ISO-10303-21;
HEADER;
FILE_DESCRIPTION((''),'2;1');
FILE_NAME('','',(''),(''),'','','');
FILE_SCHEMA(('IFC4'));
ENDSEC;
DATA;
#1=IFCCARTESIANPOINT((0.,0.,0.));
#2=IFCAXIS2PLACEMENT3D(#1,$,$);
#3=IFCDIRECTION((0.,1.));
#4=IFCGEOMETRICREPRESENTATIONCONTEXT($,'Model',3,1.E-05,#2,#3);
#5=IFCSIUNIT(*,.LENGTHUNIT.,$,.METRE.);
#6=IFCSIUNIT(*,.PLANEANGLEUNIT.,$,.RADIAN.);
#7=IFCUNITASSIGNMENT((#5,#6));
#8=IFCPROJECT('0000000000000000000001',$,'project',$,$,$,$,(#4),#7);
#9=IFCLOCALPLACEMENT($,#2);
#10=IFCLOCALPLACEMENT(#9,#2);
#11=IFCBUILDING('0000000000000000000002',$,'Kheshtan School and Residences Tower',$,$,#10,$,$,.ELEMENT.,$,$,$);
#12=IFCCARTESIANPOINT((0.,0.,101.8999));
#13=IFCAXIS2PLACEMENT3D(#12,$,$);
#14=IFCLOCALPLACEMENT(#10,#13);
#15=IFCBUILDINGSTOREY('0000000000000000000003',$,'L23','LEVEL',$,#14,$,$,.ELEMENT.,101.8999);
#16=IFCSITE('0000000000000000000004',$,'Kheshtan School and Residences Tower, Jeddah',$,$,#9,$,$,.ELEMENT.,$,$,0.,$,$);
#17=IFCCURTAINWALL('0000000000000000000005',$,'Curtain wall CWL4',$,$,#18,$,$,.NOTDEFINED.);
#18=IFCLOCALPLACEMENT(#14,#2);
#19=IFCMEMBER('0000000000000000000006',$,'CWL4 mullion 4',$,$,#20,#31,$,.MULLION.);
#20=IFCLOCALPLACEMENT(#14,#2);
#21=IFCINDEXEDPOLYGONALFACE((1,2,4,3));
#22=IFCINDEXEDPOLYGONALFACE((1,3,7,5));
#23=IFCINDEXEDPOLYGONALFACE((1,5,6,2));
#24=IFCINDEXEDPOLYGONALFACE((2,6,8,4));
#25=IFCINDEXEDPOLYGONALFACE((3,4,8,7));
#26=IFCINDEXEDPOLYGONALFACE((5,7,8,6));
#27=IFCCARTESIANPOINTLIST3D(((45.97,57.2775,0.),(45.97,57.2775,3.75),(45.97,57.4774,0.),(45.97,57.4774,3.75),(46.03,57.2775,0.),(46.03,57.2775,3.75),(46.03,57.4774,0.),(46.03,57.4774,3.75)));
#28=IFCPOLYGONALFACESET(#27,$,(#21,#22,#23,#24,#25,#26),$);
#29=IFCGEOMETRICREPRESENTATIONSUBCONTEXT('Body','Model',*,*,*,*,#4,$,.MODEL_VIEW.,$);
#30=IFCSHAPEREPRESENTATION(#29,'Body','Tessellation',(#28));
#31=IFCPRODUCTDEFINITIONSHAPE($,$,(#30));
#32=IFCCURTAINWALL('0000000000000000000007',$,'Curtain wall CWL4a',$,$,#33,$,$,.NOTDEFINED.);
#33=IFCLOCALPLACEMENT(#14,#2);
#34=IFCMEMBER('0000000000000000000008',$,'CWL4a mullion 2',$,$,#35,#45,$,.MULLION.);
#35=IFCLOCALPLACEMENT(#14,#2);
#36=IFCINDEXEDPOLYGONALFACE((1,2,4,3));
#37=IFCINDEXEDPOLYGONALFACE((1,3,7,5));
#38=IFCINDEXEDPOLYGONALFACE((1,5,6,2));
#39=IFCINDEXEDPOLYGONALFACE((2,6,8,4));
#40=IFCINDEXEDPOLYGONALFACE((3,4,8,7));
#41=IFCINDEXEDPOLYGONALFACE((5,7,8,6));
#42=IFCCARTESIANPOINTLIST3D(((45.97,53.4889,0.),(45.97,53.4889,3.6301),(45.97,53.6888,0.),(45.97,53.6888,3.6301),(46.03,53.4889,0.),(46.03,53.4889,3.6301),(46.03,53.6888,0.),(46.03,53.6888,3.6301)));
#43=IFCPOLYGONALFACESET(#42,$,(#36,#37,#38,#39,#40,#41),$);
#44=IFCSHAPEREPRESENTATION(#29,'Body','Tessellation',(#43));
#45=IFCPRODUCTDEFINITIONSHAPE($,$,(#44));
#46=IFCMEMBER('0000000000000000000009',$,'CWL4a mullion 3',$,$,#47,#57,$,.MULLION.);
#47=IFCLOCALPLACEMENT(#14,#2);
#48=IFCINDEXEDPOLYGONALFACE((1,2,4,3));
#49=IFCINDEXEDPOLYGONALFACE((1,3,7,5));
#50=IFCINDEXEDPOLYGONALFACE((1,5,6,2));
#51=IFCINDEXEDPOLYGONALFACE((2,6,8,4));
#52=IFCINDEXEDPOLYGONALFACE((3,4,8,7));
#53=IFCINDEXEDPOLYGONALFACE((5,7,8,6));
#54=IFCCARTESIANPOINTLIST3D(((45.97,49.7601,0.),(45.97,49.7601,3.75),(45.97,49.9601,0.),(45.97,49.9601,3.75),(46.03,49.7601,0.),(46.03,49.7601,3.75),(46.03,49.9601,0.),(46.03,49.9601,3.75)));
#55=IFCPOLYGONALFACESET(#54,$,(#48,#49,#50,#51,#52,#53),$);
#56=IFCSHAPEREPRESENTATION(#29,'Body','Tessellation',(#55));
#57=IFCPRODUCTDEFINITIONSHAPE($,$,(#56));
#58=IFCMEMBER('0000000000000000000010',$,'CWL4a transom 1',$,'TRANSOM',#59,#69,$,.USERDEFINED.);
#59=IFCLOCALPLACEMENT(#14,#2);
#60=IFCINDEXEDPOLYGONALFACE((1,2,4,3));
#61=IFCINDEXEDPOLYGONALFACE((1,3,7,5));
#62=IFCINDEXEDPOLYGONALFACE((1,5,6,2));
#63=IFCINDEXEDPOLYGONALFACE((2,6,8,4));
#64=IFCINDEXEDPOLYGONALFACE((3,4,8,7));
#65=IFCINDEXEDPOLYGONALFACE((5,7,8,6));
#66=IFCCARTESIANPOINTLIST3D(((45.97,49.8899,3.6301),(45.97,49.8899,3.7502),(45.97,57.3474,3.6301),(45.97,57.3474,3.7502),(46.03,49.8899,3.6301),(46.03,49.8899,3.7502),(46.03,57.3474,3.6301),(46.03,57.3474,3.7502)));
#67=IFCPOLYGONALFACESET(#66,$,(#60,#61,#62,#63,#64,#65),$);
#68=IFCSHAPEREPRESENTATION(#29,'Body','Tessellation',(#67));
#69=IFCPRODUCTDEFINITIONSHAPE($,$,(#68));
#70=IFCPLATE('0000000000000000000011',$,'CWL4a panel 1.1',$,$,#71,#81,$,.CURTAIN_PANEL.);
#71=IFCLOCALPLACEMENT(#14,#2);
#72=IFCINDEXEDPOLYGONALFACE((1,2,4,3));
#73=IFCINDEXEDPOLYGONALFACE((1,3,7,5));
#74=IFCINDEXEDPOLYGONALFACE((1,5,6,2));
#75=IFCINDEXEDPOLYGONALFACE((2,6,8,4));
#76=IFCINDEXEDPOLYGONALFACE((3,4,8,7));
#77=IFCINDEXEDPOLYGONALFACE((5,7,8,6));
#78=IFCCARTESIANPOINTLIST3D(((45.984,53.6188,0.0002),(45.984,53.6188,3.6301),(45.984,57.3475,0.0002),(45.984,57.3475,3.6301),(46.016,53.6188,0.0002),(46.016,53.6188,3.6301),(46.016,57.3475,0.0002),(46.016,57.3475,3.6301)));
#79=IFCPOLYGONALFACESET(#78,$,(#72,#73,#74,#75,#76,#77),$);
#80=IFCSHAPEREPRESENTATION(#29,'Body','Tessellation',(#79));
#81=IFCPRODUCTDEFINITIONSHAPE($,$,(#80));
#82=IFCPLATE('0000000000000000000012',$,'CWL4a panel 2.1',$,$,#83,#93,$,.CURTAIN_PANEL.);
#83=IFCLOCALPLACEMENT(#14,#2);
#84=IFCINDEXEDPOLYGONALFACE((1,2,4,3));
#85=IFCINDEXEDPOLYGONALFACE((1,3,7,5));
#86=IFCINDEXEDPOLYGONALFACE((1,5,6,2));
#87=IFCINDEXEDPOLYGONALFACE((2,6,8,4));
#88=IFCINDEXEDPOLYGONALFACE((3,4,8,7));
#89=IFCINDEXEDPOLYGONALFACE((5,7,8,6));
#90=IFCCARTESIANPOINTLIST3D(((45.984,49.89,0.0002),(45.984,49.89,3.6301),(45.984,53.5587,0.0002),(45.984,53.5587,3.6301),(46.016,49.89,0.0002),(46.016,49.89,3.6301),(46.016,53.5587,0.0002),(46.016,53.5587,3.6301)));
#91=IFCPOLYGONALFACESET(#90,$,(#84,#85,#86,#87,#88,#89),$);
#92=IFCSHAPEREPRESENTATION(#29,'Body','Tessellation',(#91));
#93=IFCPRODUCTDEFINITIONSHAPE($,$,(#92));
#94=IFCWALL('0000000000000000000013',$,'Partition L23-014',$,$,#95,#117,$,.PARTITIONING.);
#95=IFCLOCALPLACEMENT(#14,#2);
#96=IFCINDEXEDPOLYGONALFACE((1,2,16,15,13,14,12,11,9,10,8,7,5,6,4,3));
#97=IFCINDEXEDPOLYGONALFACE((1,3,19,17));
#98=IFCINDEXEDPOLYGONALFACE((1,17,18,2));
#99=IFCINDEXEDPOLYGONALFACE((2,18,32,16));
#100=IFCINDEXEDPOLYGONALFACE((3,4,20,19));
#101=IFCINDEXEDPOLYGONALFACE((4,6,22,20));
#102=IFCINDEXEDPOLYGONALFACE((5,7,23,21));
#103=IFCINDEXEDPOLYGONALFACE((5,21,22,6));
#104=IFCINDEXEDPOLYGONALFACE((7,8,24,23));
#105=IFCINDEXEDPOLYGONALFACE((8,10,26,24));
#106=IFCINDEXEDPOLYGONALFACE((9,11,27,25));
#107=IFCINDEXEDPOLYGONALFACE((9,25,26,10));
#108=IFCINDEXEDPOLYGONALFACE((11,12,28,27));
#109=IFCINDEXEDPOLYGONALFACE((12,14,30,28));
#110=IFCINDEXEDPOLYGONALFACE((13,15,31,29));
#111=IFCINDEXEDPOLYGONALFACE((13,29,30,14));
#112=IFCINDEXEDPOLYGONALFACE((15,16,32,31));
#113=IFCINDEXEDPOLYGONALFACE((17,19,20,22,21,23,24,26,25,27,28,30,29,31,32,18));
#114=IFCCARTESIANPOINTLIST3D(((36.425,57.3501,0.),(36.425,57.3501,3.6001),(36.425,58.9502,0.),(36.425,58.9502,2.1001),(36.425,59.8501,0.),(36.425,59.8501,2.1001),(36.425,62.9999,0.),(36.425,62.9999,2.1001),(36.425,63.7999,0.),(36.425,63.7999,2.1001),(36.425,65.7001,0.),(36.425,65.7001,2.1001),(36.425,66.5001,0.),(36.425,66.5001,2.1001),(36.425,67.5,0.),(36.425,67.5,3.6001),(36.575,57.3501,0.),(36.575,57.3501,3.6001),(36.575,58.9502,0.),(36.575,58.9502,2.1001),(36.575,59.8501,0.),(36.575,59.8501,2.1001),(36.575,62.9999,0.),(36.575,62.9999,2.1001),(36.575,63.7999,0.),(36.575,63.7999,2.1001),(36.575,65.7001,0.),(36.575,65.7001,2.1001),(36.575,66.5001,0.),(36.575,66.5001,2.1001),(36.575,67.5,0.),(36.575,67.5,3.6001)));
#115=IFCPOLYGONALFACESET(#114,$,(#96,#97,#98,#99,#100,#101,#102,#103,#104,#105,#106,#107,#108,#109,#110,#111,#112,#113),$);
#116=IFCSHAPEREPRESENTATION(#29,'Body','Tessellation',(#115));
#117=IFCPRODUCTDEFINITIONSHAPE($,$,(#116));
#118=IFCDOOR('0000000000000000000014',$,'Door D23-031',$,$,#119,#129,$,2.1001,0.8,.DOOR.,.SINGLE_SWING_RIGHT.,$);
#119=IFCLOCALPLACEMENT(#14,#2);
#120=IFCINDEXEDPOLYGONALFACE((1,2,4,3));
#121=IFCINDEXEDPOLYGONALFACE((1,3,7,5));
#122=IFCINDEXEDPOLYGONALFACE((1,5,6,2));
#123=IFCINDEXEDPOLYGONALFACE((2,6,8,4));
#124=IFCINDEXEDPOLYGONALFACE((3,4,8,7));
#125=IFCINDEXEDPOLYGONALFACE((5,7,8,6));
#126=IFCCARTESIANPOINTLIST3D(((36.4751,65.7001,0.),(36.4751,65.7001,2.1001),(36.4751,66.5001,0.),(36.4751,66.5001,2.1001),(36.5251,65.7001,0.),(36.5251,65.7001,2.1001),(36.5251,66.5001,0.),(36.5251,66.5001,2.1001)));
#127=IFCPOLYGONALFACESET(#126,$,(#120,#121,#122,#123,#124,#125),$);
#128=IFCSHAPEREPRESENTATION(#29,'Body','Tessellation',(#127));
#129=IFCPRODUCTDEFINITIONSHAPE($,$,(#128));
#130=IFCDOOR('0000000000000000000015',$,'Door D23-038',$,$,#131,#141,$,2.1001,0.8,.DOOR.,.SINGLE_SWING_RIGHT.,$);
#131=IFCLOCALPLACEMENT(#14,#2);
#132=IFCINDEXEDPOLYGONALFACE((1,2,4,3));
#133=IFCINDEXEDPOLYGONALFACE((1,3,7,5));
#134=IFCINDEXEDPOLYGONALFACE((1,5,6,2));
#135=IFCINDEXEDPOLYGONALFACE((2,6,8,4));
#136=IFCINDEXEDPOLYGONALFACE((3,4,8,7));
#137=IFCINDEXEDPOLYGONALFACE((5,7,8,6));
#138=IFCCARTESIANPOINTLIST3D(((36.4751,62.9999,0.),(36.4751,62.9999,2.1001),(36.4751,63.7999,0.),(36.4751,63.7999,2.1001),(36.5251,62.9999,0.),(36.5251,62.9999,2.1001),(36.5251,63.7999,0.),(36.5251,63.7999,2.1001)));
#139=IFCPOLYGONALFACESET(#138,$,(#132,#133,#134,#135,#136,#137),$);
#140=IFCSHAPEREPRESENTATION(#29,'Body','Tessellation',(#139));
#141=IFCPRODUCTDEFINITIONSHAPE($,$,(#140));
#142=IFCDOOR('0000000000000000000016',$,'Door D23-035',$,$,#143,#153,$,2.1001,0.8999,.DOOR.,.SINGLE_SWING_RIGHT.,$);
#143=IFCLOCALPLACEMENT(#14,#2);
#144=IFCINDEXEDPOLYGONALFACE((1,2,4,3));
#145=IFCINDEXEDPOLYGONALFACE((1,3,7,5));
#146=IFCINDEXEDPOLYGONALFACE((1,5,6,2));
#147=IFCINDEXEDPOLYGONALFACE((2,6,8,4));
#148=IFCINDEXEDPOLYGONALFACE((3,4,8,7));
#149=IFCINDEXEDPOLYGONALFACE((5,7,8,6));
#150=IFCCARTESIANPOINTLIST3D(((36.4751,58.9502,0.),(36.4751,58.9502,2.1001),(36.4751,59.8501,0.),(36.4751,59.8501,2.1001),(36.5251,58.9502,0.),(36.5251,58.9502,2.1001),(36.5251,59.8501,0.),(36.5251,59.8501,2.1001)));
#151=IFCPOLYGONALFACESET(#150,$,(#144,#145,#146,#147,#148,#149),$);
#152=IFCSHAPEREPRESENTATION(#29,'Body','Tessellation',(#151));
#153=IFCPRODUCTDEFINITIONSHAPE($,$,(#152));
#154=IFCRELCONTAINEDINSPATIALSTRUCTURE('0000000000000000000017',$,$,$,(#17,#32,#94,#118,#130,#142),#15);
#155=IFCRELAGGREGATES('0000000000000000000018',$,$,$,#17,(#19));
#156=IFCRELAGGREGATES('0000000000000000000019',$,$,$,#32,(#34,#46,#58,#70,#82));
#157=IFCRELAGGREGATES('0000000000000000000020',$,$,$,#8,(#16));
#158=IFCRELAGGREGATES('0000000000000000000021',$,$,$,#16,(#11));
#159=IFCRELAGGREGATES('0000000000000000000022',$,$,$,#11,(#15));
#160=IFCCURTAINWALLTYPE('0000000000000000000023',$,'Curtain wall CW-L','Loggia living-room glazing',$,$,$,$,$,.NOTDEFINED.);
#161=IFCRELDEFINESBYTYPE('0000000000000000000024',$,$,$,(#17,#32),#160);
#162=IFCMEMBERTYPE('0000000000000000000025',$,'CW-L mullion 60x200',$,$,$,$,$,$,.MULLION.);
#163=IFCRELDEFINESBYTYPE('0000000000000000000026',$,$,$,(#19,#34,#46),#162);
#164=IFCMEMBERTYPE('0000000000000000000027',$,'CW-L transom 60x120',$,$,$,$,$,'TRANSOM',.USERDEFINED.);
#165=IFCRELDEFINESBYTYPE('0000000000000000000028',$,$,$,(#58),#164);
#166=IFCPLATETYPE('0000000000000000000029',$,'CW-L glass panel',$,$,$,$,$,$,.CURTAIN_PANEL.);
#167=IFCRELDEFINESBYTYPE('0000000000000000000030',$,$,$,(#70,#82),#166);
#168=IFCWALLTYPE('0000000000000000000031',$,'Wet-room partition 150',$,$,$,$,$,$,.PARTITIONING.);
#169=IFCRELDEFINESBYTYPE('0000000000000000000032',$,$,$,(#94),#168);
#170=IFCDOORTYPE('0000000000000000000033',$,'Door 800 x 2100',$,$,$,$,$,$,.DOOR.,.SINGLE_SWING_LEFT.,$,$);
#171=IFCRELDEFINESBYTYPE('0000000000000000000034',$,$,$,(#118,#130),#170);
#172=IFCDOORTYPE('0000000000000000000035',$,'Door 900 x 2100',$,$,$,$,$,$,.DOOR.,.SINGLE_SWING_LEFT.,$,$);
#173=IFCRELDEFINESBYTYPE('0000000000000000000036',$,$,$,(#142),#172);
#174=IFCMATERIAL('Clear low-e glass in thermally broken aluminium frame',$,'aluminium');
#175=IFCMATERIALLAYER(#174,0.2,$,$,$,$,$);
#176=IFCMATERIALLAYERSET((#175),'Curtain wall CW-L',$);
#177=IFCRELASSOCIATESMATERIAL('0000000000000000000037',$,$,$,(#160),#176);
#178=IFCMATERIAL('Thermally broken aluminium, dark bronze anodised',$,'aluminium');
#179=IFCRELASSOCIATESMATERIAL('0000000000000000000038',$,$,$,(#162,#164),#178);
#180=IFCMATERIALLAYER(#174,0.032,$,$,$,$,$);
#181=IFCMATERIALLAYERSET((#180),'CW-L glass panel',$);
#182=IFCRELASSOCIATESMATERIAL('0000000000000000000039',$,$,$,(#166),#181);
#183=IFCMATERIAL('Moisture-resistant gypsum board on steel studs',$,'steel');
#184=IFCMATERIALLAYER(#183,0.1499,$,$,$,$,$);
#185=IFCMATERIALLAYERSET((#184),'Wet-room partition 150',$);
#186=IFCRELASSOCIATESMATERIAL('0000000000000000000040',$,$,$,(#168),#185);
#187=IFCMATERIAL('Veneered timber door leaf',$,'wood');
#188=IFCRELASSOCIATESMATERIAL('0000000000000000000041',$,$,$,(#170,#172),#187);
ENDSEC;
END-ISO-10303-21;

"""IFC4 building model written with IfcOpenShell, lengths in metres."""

from ifc_helpers import new_model, si_unit, direction, frame, frame_2d, origin, origin_2d, place, context, subcontext, project, spatial, rectangle, extrude, source, transform, mapped, material, layer, layer_set, material_profile, profile_set, type_object, element, fill, aggregate, save


model = new_model("IFC4")

# Units and contexts
model_context = context("Model", 3, precision=1e-05, world=origin(), true_north=direction((0.0, 1.0)))
body_context = subcontext(model_context, "Body", "Model", "MODEL_VIEW")
ifc_project = project(units=[si_unit("LENGTHUNIT", "METRE"), si_unit("PLANEANGLEUNIT", "RADIAN")], contexts=[model_context])

# Site, building, storey
site_placement = place(None, origin())
site = spatial("IfcSite", under=ifc_project, at=site_placement, Name="Kheshtan School and Residences Tower, Jeddah", CompositionType="ELEMENT", RefElevation=0.0)
building_placement = place(site_placement, origin())
building = spatial("IfcBuilding", under=site, at=building_placement, Name="Kheshtan School and Residences Tower", CompositionType="ELEMENT")
storey_placement = place(building_placement, frame((0.0, 0.0, 101.8999)))
storey = spatial("IfcBuildingStorey", under=building, at=storey_placement, Name="L23", Description="LEVEL", CompositionType="ELEMENT", Elevation=101.8999)

# Curtain wall, member
ifc_material_1 = material(Name="Clear low-e glass in thermally broken aluminium frame", Category="aluminium")
ifc_layer_1 = layer(ifc_material_1, 0.2)
ifc_layer_set_1 = layer_set([ifc_layer_1], Name="Curtain wall CW-L")
curtain_wall_type = type_object("IfcCurtainWallType", Name="Curtain wall CW-L", Description="Loggia living-room glazing", PredefinedType="NOTDEFINED", material=ifc_layer_set_1)
curtain_wall_1_placement = place(storey_placement, origin())
curtain_wall_1 = element("IfcCurtainWall", 1, at=curtain_wall_1_placement, inside=storey, type_object=curtain_wall_type, Name="Curtain wall CWL4", PredefinedType="NOTDEFINED")
ifc_material_2 = material(Name="Thermally broken aluminium, dark bronze anodised", Category="aluminium")
ifc_material_profile_1 = material_profile(ifc_material_2, rectangle(XDim=0.0601, YDim=0.2, at=origin_2d()), Name="CW-L mullion 60x200")
ifc_profile_set_1 = profile_set([ifc_material_profile_1], Name="Thermally broken aluminium, dark bronze anodised")
member_type_1 = type_object("IfcMemberType", Name="CW-L mullion 60x200", PredefinedType="MULLION", material=ifc_profile_set_1)
member_1_placement = place(storey_placement, frame((46.0, 57.3774, 0.0), z_axis=(0.0, 0.0, 1.0), x_axis=(1.0, 0.0, 0.0)))
member_1 = element("IfcMember", 2, at=member_1_placement, type_object=member_type_1, Name="CWL4 mullion 4", PredefinedType="MULLION", context=body_context, shape_type="SweptSolid", body=[
    extrude(rectangle(XDim=0.0601, YDim=0.2, at=origin_2d()), origin(), (0.0, 0.0, 1.0), 3.75),
])
aggregate(curtain_wall_1, [member_1])

# Curtain wall, members, plates
curtain_wall_2_placement = place(storey_placement, origin())
curtain_wall_2 = element("IfcCurtainWall", 3, at=curtain_wall_2_placement, inside=storey, type_object=curtain_wall_type, Name="Curtain wall CWL4a", PredefinedType="NOTDEFINED")
member_2_placement = place(storey_placement, frame((46.0, 53.5889, 0.0), z_axis=(0.0, 0.0, 1.0), x_axis=(1.0, 0.0, 0.0)))
member_2 = element("IfcMember", 4, at=member_2_placement, type_object=member_type_1, Name="CWL4a mullion 2", PredefinedType="MULLION", context=body_context, shape_type="SweptSolid", body=[
    extrude(rectangle(XDim=0.0601, YDim=0.2, at=origin_2d()), origin(), (0.0, 0.0, 1.0), 3.6301),
])
member_3_placement = place(storey_placement, frame((46.0, 49.8601, 0.0), z_axis=(0.0, 0.0, 1.0), x_axis=(1.0, 0.0, 0.0)))
member_3 = element("IfcMember", 5, at=member_3_placement, type_object=member_type_1, Name="CWL4a mullion 3", PredefinedType="MULLION", context=body_context, shape_type="SweptSolid", body=[
    extrude(rectangle(XDim=0.0601, YDim=0.2, at=origin_2d()), origin(), (0.0, 0.0, 1.0), 3.75),
])
ifc_material_profile_2 = material_profile(ifc_material_2, rectangle(XDim=0.0601, YDim=0.1201, at=origin_2d()), Name="CW-L transom 60x120")
ifc_profile_set_2 = profile_set([ifc_material_profile_2], Name="Thermally broken aluminium, dark bronze anodised")
member_type_2 = type_object("IfcMemberType", Name="CW-L transom 60x120", ElementType="TRANSOM", PredefinedType="USERDEFINED", material=ifc_profile_set_2)
member_4_placement = place(storey_placement, frame((46.0, 57.3474, 3.6902), z_axis=(0.0, -1.0, 0.0), x_axis=(1.0, 0.0, 0.0)))
member_4 = element("IfcMember", 6, at=member_4_placement, type_object=member_type_2, Name="CWL4a transom 1", ObjectType="TRANSOM", PredefinedType="USERDEFINED", context=body_context, shape_type="SweptSolid", body=[
    extrude(rectangle(XDim=0.0601, YDim=0.1201, at=origin_2d()), origin(), (0.0, 0.0, 1.0), 7.4575),
])
ifc_layer_2 = layer(ifc_material_1, 0.032)
ifc_layer_set_2 = layer_set([ifc_layer_2], Name="CW-L glass panel")
plate_type = type_object("IfcPlateType", Name="CW-L glass panel", PredefinedType="CURTAIN_PANEL", material=ifc_layer_set_2)
plate_1_placement = place(storey_placement, frame((46.0, 55.4832, 0.0002), z_axis=(0.0, 0.0, 1.0), x_axis=(0.0, -1.0, 0.0)))
plate_1 = element("IfcPlate", 7, at=plate_1_placement, type_object=plate_type, Name="CWL4a panel 1.1", PredefinedType="CURTAIN_PANEL", context=body_context, shape_type="SweptSolid", body=[
    extrude(rectangle(XDim=3.7288, YDim=0.032, at=origin_2d()), origin(), (0.0, 0.0, 1.0), 3.6299),
])
plate_2_placement = place(storey_placement, frame((46.0, 51.7244, 0.0002), z_axis=(0.0, 0.0, 1.0), x_axis=(0.0, -1.0, 0.0)))
plate_2 = element("IfcPlate", 8, at=plate_2_placement, type_object=plate_type, Name="CWL4a panel 2.1", PredefinedType="CURTAIN_PANEL", context=body_context, shape_type="SweptSolid", body=[
    extrude(rectangle(XDim=3.6687, YDim=0.032, at=origin_2d()), origin(), (0.0, 0.0, 1.0), 3.6299),
])
aggregate(curtain_wall_2, [member_2, member_3, member_4, plate_1, plate_2])

# Wall, openings, doors
ifc_material_3 = material(Name="Moisture-resistant gypsum board on steel studs", Category="steel")
ifc_layer_3 = layer(ifc_material_3, 0.1499)
ifc_layer_set_3 = layer_set([ifc_layer_3], Name="Wet-room partition 150")
wall_type = type_object("IfcWallType", Name="Wet-room partition 150", PredefinedType="PARTITIONING", material=ifc_layer_set_3)
wall_1_placement = place(storey_placement, frame((36.5, 57.3501, 0.0), z_axis=(0.0, 0.0, 1.0), x_axis=(0.0, 1.0, 0.0)))
wall_1 = element("IfcWall", 9, at=wall_1_placement, inside=storey, type_object=wall_type, Name="Partition L23-014", PredefinedType="PARTITIONING", context=body_context, shape_type="SweptSolid", body=[
    extrude(rectangle(XDim=10.1499, YDim=0.1499, at=frame_2d((5.075, 0.0))), origin(), (0.0, 0.0, 1.0), 3.6001),
])
opening_1_placement = place(wall_1_placement, frame((8.3501, 0.0, 0.0)))
opening_1 = element("IfcOpeningElement", 10, at=opening_1_placement, cuts=wall_1, PredefinedType="OPENING", context=body_context, shape_type="SweptSolid", body=[
    extrude(rectangle(XDim=0.8, YDim=2.1001, at=frame_2d((0.3999, 1.05))), frame((0.0, 0.085, 0.0), z_axis=(0.0, -1.0, 0.0), x_axis=(1.0, 0.0, 0.0)), (0.0, 0.0, 1.0), 0.1699),
])
opening_2_placement = place(wall_1_placement, frame((1.6001, 0.0, 0.0)))
opening_2 = element("IfcOpeningElement", 11, at=opening_2_placement, cuts=wall_1, PredefinedType="OPENING", context=body_context, shape_type="SweptSolid", body=[
    extrude(rectangle(XDim=0.8999, YDim=2.1001, at=frame_2d((0.45, 1.05))), frame((0.0, 0.085, 0.0), z_axis=(0.0, -1.0, 0.0), x_axis=(1.0, 0.0, 0.0)), (0.0, 0.0, 1.0), 0.1699),
])
opening_3_placement = place(wall_1_placement, frame((5.6499, 0.0, 0.0)))
opening_3 = element("IfcOpeningElement", 12, at=opening_3_placement, cuts=wall_1, PredefinedType="OPENING", context=body_context, shape_type="SweptSolid", body=[
    extrude(rectangle(XDim=0.8, YDim=2.1001, at=frame_2d((0.3999, 1.05))), frame((0.0, 0.085, 0.0), z_axis=(0.0, -1.0, 0.0), x_axis=(1.0, 0.0, 0.0)), (0.0, 0.0, 1.0), 0.1699),
])
ifc_material_4 = material(Name="Veneered timber door leaf", Category="wood")
door_type_1 = type_object("IfcDoorType", Name="Door 800 x 2100", OperationType="SINGLE_SWING_LEFT", PredefinedType="DOOR", material=ifc_material_4)
shared_shape_1 = source(origin(), body_context, "Body", "SweptSolid", [
    extrude(rectangle(XDim=0.8, YDim=2.1001, at=frame_2d((0.3999, 1.05))), frame((0.0, 0.0249, 0.0), z_axis=(0.0, -1.0, 0.0), x_axis=(1.0, 0.0, 0.0)), (0.0, 0.0, 1.0), 0.05),
])
door_1_placement = place(opening_1_placement, origin())
door_1 = element("IfcDoor", 13, at=door_1_placement, inside=storey, type_object=door_type_1, Name="Door D23-031", OperationType="SINGLE_SWING_RIGHT", OverallHeight=2.1001, OverallWidth=0.8, PredefinedType="DOOR", context=body_context, shape_type="MappedRepresentation", body=[
    mapped(shared_shape_1, transform((0.0, 0.0, 0.0), x_axis=(1.0, 0.0, 0.0), y_axis=(0.0, 1.0, 0.0), z_axis=(0.0, 0.0, 1.0), scale=1.0)),
])
fill(opening_1, door_1)
door_2_placement = place(opening_3_placement, origin())
door_2 = element("IfcDoor", 14, at=door_2_placement, inside=storey, type_object=door_type_1, Name="Door D23-038", OperationType="SINGLE_SWING_RIGHT", OverallHeight=2.1001, OverallWidth=0.8, PredefinedType="DOOR", context=body_context, shape_type="MappedRepresentation", body=[
    mapped(shared_shape_1, transform((0.0, 0.0, 0.0), x_axis=(1.0, 0.0, 0.0), y_axis=(0.0, 1.0, 0.0), z_axis=(0.0, 0.0, 1.0), scale=1.0)),
])
fill(opening_3, door_2)
door_type_2 = type_object("IfcDoorType", Name="Door 900 x 2100", OperationType="SINGLE_SWING_LEFT", PredefinedType="DOOR", material=ifc_material_4)
shared_shape_2 = source(origin(), body_context, "Body", "SweptSolid", [
    extrude(rectangle(XDim=0.8999, YDim=2.1001, at=frame_2d((0.45, 1.05))), frame((0.0, 0.0249, 0.0), z_axis=(0.0, -1.0, 0.0), x_axis=(1.0, 0.0, 0.0)), (0.0, 0.0, 1.0), 0.05),
])
door_3_placement = place(opening_2_placement, origin())
door_3 = element("IfcDoor", 15, at=door_3_placement, inside=storey, type_object=door_type_2, Name="Door D23-035", OperationType="SINGLE_SWING_RIGHT", OverallHeight=2.1001, OverallWidth=0.8999, PredefinedType="DOOR", context=body_context, shape_type="MappedRepresentation", body=[
    mapped(shared_shape_2, transform((0.0, 0.0, 0.0), x_axis=(1.0, 0.0, 0.0), y_axis=(0.0, 1.0, 0.0), z_axis=(0.0, 0.0, 1.0), scale=1.0)),
])
fill(opening_2, door_3)

save(model, "model.ifc")
